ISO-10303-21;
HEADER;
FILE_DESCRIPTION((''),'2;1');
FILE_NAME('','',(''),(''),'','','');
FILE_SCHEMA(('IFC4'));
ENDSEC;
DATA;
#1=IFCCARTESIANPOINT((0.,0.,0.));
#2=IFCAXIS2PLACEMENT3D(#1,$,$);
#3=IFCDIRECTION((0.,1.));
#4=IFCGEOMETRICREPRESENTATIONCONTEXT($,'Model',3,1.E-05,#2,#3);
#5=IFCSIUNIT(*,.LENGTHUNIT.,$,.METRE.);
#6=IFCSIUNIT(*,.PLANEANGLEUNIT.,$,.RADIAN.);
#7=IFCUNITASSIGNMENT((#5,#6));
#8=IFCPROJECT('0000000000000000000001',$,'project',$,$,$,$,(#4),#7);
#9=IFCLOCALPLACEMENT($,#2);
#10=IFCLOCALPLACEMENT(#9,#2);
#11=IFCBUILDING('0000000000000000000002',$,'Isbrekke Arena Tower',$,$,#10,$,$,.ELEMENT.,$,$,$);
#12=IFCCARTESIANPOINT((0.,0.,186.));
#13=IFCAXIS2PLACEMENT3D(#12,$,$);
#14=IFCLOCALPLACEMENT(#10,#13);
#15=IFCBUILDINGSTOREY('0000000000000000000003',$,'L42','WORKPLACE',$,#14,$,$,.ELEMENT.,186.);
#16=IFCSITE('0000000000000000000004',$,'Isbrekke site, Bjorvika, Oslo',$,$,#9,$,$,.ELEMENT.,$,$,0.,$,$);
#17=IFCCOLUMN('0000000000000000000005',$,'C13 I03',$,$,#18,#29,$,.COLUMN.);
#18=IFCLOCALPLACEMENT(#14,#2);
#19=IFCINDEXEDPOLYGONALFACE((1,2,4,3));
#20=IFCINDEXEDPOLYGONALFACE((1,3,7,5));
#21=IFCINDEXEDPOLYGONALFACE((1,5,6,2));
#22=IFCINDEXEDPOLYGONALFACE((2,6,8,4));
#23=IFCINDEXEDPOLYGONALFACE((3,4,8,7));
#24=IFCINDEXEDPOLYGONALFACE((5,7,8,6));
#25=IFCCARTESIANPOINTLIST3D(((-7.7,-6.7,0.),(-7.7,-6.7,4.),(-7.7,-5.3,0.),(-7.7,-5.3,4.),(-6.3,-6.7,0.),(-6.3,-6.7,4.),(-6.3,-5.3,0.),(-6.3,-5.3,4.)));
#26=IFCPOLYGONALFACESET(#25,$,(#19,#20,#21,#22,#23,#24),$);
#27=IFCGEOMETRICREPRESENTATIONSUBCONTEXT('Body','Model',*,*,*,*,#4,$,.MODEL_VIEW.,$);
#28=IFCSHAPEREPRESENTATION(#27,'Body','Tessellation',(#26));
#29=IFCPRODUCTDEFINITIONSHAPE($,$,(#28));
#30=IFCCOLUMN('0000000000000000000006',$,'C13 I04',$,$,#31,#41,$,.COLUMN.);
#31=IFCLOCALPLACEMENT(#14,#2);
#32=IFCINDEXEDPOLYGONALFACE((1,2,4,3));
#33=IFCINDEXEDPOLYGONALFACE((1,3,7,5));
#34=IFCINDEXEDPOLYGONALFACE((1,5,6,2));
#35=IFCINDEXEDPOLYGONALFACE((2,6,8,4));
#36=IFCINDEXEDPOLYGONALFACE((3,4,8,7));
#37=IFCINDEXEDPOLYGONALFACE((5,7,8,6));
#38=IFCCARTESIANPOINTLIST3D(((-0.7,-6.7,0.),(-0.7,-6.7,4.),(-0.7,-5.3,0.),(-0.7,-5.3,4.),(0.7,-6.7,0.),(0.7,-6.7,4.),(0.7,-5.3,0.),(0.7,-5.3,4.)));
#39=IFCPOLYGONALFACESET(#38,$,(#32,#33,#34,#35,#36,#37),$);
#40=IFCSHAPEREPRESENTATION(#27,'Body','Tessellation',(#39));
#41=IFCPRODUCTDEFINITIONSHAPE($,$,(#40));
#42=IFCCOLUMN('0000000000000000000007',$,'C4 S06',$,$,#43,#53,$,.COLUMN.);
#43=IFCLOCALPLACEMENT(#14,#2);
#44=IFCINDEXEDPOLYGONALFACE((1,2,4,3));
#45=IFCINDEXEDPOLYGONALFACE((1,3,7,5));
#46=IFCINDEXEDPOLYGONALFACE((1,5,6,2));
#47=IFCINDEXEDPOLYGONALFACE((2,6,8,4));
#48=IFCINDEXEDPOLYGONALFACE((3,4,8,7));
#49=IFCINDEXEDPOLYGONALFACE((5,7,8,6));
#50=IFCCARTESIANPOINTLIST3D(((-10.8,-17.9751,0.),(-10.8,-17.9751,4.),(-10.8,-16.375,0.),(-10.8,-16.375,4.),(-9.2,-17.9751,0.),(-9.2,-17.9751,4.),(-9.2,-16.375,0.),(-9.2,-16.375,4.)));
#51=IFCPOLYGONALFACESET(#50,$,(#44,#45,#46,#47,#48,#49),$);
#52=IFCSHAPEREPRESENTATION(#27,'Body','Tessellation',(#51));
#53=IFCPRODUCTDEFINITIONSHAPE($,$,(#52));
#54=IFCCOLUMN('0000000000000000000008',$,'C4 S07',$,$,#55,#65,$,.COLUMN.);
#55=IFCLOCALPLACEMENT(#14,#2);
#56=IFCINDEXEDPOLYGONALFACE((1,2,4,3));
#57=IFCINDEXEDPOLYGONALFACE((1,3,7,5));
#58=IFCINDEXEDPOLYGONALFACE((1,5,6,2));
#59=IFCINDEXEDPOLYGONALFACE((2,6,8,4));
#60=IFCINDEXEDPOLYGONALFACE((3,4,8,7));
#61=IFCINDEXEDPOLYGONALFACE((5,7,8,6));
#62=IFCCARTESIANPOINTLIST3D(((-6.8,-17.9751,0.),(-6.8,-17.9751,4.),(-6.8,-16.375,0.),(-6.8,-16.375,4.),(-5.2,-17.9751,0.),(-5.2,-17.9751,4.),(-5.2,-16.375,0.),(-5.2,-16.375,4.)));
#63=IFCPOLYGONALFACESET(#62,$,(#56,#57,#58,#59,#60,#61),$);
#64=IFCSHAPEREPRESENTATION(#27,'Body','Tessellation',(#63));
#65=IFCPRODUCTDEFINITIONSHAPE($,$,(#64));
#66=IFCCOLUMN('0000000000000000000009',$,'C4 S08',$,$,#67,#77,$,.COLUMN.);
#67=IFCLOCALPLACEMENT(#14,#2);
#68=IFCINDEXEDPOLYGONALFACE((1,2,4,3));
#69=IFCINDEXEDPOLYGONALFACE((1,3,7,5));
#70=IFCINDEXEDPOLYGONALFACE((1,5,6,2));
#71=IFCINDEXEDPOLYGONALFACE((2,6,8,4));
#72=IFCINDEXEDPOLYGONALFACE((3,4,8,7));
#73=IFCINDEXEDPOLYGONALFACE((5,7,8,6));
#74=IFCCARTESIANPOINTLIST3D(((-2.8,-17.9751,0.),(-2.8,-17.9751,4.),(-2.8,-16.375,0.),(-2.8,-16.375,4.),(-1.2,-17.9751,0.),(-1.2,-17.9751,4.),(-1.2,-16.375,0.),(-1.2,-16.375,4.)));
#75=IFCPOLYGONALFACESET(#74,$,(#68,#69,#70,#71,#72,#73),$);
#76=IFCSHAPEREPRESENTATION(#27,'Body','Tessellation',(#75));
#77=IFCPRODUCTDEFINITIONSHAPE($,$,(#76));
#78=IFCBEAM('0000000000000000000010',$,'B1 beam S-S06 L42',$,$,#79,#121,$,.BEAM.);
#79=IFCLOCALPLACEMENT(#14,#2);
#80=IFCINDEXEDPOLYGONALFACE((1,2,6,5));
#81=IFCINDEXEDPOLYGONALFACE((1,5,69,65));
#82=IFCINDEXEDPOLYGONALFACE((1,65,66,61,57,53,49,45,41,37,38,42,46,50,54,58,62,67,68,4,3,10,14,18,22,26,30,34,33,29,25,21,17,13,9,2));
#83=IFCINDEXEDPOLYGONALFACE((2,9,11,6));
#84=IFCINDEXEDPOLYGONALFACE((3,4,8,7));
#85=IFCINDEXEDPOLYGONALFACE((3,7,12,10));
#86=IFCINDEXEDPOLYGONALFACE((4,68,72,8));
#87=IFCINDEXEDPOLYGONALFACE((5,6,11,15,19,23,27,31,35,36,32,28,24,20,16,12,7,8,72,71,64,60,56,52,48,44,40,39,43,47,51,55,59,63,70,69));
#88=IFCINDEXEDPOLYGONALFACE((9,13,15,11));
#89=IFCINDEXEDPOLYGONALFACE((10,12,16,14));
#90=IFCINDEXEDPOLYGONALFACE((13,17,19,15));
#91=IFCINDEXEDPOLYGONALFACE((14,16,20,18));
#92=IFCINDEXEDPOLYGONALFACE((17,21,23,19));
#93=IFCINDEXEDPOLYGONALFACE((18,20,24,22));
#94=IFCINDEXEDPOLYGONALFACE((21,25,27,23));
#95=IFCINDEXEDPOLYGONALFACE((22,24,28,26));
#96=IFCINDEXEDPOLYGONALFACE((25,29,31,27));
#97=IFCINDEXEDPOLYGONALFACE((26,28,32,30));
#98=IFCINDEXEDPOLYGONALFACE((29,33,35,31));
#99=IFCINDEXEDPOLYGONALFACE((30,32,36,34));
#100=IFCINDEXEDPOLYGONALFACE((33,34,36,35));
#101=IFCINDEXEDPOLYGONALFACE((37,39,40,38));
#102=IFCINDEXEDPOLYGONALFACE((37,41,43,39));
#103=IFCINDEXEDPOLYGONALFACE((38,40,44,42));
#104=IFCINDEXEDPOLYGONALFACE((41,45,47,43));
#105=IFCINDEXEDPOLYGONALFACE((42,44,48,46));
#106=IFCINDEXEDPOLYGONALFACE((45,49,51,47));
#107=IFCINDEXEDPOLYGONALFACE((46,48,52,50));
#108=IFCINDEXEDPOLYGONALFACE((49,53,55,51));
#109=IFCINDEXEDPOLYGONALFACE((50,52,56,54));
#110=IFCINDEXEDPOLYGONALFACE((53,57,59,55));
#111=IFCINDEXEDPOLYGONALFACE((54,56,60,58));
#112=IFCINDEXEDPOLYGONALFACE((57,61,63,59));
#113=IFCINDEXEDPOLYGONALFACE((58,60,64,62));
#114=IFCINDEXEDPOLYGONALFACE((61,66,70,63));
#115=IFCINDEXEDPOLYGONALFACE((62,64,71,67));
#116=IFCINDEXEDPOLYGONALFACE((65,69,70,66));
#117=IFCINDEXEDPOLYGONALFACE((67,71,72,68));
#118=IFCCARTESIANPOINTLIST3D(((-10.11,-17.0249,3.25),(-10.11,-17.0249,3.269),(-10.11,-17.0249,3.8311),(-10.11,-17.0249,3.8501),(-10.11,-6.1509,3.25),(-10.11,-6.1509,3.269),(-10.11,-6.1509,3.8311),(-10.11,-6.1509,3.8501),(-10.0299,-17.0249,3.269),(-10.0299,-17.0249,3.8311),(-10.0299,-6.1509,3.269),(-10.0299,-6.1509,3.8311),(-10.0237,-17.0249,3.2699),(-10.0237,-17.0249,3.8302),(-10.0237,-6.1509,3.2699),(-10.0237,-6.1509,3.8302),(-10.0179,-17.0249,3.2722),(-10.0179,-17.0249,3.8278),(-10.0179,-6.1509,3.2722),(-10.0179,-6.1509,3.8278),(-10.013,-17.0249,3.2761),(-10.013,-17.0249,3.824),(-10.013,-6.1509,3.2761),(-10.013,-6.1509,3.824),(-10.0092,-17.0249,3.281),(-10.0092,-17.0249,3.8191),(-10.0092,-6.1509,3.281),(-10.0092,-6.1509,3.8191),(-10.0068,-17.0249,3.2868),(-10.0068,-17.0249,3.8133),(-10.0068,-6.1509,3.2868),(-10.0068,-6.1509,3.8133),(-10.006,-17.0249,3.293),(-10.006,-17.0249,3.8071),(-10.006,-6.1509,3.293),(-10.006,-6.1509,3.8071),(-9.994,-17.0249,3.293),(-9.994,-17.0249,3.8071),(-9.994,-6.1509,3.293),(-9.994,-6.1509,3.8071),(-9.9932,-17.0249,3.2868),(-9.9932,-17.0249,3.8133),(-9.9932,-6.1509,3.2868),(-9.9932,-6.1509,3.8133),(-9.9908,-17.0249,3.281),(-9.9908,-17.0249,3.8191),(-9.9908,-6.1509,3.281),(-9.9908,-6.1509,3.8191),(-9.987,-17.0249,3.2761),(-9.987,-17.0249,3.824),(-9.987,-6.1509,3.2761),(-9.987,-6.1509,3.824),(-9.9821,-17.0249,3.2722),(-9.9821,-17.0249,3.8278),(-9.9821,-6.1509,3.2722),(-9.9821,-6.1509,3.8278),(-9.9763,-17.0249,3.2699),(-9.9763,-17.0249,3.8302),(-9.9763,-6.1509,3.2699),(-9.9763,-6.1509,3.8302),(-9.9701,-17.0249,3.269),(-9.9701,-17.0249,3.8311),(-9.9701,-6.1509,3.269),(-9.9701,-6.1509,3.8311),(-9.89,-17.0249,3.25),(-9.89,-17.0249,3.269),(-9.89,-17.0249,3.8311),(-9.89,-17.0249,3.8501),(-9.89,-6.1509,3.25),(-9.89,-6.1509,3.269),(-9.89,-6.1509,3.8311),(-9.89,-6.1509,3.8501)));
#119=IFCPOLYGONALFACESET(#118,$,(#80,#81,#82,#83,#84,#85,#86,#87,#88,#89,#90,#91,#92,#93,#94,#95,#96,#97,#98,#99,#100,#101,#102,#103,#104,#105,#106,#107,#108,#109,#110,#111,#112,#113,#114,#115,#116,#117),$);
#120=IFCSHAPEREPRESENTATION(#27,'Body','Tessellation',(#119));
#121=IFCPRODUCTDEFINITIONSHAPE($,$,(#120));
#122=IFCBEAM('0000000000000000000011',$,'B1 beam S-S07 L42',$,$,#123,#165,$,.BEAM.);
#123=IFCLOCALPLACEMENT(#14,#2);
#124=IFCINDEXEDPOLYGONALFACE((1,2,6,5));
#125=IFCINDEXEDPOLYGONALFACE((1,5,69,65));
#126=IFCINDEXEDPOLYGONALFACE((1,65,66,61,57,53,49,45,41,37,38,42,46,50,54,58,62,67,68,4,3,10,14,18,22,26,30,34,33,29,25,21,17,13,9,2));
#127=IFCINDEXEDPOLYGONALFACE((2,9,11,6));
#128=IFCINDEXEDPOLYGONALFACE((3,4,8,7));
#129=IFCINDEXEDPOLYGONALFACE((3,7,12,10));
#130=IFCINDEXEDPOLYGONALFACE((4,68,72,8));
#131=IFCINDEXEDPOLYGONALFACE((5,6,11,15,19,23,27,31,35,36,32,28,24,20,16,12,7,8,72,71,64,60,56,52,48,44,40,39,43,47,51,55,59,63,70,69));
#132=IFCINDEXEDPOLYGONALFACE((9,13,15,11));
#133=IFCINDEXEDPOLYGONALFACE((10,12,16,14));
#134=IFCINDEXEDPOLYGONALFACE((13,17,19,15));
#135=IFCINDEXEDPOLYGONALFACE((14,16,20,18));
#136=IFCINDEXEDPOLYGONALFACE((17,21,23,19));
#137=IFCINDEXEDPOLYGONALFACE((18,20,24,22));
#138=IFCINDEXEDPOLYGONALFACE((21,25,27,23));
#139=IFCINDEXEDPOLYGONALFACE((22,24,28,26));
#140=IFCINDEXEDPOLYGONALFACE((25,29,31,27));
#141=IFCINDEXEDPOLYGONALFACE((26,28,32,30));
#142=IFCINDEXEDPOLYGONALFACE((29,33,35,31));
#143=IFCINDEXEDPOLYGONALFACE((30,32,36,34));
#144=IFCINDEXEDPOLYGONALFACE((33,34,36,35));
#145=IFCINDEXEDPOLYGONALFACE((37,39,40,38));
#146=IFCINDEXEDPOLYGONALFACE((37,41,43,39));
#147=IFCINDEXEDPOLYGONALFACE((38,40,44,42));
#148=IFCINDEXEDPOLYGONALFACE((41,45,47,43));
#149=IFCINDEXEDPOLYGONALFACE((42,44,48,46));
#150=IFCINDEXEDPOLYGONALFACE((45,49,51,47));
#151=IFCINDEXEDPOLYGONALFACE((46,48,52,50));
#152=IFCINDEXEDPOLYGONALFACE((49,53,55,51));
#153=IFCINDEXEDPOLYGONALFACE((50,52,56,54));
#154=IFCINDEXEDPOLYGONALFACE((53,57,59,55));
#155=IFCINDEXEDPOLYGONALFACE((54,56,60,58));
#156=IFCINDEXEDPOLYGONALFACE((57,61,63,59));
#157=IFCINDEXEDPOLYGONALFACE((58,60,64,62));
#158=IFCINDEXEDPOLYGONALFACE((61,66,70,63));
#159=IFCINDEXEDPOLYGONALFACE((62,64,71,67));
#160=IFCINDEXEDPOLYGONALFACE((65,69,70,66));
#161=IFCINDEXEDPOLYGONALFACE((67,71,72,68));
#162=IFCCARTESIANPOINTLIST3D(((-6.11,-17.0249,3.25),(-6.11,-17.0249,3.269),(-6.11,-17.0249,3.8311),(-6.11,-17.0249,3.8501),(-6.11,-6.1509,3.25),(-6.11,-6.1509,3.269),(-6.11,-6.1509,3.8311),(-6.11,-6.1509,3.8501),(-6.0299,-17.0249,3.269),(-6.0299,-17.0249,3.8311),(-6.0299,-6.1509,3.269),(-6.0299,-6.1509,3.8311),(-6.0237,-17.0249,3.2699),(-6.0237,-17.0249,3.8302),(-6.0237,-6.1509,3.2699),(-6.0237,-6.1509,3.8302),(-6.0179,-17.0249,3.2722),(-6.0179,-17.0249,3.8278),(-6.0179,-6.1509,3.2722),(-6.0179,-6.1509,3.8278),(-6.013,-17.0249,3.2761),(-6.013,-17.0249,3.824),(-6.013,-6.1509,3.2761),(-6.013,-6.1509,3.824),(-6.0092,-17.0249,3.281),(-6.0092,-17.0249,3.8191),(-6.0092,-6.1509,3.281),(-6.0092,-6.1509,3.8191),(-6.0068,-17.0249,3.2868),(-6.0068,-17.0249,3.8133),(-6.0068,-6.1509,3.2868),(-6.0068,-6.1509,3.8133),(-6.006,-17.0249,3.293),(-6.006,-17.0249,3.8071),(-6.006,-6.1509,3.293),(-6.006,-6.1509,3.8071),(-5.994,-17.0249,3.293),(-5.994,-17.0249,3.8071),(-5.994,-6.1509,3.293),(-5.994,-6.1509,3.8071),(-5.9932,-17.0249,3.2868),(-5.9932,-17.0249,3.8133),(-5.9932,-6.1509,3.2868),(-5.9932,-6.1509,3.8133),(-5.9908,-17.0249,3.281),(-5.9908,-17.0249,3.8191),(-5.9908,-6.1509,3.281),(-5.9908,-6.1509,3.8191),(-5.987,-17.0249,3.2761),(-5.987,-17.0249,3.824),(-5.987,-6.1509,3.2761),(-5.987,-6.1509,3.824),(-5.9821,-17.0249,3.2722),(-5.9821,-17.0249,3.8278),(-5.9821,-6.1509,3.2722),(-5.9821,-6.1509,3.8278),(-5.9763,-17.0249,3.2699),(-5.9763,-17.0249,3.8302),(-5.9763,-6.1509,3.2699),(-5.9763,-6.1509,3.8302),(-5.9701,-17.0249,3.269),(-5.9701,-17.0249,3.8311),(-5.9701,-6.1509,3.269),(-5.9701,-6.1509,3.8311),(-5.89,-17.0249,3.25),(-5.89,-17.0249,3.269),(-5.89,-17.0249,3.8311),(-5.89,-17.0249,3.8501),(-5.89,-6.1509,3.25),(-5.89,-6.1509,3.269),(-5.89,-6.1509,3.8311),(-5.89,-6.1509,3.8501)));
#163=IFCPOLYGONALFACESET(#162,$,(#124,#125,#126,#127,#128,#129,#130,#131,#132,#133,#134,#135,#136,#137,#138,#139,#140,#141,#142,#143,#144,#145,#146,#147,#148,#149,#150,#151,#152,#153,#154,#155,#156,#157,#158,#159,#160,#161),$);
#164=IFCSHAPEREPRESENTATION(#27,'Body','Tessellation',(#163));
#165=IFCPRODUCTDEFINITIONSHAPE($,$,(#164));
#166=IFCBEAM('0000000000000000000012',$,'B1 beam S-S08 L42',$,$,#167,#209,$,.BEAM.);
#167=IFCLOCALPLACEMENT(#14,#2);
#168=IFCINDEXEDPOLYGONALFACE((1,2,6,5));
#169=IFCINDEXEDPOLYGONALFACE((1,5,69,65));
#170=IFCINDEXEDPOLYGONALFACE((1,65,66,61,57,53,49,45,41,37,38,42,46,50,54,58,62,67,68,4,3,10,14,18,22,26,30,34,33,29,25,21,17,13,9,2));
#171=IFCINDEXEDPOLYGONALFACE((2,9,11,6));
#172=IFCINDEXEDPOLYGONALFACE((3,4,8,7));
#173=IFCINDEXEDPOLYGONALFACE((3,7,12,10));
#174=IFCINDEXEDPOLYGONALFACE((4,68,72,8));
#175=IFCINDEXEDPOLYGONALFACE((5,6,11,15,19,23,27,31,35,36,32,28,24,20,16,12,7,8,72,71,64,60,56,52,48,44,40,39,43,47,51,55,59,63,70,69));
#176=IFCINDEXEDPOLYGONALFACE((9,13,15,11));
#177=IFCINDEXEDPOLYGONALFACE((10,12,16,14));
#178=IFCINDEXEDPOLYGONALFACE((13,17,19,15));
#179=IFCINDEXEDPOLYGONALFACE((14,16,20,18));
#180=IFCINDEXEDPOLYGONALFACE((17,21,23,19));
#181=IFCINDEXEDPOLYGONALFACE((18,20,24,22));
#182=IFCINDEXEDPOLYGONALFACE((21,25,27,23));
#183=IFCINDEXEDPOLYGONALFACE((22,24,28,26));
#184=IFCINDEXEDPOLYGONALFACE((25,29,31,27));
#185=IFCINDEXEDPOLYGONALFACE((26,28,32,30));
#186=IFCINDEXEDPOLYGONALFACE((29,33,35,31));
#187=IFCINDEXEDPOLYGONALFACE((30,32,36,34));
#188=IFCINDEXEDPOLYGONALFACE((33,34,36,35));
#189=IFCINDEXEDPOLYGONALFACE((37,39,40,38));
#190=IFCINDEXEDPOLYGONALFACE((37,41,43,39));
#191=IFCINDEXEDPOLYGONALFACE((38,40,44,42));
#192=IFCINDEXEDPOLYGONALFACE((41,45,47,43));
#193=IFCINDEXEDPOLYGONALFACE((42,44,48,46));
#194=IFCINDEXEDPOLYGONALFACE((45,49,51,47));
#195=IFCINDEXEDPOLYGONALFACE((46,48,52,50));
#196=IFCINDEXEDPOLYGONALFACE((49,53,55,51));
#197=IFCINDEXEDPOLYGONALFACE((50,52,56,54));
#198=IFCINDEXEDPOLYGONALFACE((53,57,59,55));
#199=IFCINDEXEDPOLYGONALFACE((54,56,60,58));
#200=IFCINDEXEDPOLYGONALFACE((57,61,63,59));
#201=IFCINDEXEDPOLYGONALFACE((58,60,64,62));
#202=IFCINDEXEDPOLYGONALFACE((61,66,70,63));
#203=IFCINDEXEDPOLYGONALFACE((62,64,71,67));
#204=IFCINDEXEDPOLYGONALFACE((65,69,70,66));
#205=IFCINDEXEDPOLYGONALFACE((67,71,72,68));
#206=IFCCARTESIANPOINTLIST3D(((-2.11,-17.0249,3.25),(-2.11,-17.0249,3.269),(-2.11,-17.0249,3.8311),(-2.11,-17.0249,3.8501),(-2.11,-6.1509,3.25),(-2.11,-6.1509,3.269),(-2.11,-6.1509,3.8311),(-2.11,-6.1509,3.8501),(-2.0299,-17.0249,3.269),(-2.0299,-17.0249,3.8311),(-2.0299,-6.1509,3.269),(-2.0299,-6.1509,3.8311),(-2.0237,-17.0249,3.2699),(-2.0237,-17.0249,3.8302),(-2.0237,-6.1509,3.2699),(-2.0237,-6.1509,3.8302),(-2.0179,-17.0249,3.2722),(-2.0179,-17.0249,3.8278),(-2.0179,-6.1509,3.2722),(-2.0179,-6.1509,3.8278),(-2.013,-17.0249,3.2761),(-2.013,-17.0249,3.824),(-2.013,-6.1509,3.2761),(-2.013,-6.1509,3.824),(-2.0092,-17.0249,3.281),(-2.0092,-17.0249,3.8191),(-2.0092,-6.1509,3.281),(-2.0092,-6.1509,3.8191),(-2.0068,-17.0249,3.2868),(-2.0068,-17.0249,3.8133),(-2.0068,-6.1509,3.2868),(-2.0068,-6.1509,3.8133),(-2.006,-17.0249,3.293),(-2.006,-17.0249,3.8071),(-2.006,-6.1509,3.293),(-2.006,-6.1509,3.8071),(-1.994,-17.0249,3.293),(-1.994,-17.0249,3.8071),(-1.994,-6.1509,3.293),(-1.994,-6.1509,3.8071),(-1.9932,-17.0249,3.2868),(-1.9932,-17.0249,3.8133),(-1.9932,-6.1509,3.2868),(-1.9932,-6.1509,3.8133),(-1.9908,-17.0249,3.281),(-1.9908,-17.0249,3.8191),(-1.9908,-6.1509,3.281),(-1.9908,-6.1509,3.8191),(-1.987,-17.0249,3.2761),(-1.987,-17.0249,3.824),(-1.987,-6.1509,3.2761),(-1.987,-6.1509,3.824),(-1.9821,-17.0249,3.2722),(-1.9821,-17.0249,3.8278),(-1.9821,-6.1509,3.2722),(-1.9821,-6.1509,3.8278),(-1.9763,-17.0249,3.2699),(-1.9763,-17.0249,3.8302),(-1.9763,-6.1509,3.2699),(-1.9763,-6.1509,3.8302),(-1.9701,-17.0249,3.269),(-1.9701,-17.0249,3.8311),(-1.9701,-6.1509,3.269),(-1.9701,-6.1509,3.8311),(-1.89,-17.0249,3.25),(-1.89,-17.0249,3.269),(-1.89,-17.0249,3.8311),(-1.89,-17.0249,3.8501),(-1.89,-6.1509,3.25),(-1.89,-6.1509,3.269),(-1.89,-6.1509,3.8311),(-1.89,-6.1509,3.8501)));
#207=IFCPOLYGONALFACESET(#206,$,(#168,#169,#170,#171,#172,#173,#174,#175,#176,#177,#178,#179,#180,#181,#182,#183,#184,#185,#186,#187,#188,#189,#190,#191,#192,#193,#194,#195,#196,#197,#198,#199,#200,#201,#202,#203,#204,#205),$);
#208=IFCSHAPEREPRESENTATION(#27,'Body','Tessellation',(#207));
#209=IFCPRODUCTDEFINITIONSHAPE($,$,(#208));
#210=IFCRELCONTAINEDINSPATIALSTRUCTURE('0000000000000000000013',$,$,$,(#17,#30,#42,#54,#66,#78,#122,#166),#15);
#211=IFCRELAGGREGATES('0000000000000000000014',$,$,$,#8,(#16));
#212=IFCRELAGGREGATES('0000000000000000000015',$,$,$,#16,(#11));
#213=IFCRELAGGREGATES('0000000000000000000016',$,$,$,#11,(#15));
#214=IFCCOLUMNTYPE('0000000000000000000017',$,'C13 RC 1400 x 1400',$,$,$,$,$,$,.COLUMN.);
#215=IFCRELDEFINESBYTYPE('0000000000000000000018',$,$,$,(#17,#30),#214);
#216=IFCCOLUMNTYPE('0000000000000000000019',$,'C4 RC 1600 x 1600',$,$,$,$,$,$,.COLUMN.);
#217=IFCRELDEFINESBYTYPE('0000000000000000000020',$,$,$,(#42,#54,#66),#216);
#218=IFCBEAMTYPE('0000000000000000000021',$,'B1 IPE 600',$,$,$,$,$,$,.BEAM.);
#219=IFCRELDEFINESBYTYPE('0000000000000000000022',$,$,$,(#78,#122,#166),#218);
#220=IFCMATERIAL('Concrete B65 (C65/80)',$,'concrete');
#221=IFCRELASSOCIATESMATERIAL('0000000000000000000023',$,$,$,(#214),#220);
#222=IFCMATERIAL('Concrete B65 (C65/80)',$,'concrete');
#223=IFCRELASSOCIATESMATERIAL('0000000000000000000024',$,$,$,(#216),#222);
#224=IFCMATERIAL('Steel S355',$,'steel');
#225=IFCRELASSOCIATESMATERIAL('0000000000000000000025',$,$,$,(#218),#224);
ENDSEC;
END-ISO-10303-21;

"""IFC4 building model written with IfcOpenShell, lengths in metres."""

from ifc_helpers import new_model, si_unit, direction, frame, origin, origin_2d, place, context, subcontext, project, spatial, rectangle, i_section, extrude, material, material_profile, profile_set, type_object, element, save


model = new_model("IFC4")

# Units and contexts
model_context = context("Model", 3, precision=1e-05, world=origin(), true_north=direction((0.0, 1.0)))
body_context = subcontext(model_context, "Body", "Model", "MODEL_VIEW")
ifc_project = project(units=[si_unit("LENGTHUNIT", "METRE"), si_unit("PLANEANGLEUNIT", "RADIAN")], contexts=[model_context])

# Site, building, storey
site_placement = place(None, origin())
site = spatial("IfcSite", under=ifc_project, at=site_placement, Name="Isbrekke site, Bjorvika, Oslo", CompositionType="ELEMENT", RefElevation=0.0)
building_placement = place(site_placement, origin())
building = spatial("IfcBuilding", under=site, at=building_placement, Name="Isbrekke Arena Tower", CompositionType="ELEMENT")
storey_placement = place(building_placement, frame((0.0, 0.0, 186.0)))
storey = spatial("IfcBuildingStorey", under=building, at=storey_placement, Name="L42", Description="WORKPLACE", CompositionType="ELEMENT", Elevation=186.0)

# Columns
ifc_material_1 = material(Name="Concrete B65 (C65/80)", Category="concrete")
ifc_material_profile_1 = material_profile(ifc_material_1, rectangle(XDim=1.3999, YDim=1.3999, at=origin_2d()), Name="RC 1400x1400")
ifc_profile_set_1 = profile_set([ifc_material_profile_1], Name="Concrete B65 (C65/80)")
column_type_1 = type_object("IfcColumnType", Name="C13 RC 1400 x 1400", PredefinedType="COLUMN", material=ifc_profile_set_1)
for number, where, z_axis, x_axis, name in (
    (1, (-7.0, -6.0, 0.0), (0.0, 0.0, 1.0), (1.0, 0.0, 0.0), "C13 I03"),
    (2, (0.0, -6.0, 0.0), (0.0, 0.0, 1.0), (1.0, 0.0, 0.0), "C13 I04"),
):
    element("IfcColumn", number, at=place(storey_placement, frame(where, z_axis=z_axis, x_axis=x_axis)), inside=storey, type_object=column_type_1, Name=name, PredefinedType="COLUMN", context=body_context, shape_type="SweptSolid", body=[
        extrude(rectangle(XDim=1.3999, YDim=1.3999, at=origin_2d()), origin(), (0.0, 0.0, 1.0), 4.0),
    ])
ifc_material_2 = material(Name="Concrete B65 (C65/80)", Category="concrete")
ifc_material_profile_2 = material_profile(ifc_material_2, rectangle(XDim=1.6001, YDim=1.6001, at=origin_2d()), Name="RC 1600x1600")
ifc_profile_set_2 = profile_set([ifc_material_profile_2], Name="Concrete B65 (C65/80)")
column_type_2 = type_object("IfcColumnType", Name="C4 RC 1600 x 1600", PredefinedType="COLUMN", material=ifc_profile_set_2)
for number, where, z_axis, x_axis, name in (
    (3, (-10.0, -17.175, 0.0), (0.0, 0.0, 1.0), (1.0, 0.0, 0.0), "C4 S06"),
    (4, (-6.0, -17.175, 0.0), (0.0, 0.0, 1.0), (1.0, 0.0, 0.0), "C4 S07"),
    (5, (-2.0, -17.175, 0.0), (0.0, 0.0, 1.0), (1.0, 0.0, 0.0), "C4 S08"),
):
    element("IfcColumn", number, at=place(storey_placement, frame(where, z_axis=z_axis, x_axis=x_axis)), inside=storey, type_object=column_type_2, Name=name, PredefinedType="COLUMN", context=body_context, shape_type="SweptSolid", body=[
        extrude(rectangle(XDim=1.6001, YDim=1.6001, at=origin_2d()), origin(), (0.0, 0.0, 1.0), 4.0),
    ])

# Beams
ifc_material_3 = material(Name="Steel S355", Category="steel")
ifc_material_profile_3 = material_profile(ifc_material_3, i_section(OverallWidth=0.22, OverallDepth=0.6001, WebThickness=0.012, FlangeThickness=0.019, FilletRadius=0.0239, at=origin_2d()), Name="IPE 600")
ifc_profile_set_3 = profile_set([ifc_material_profile_3], Name="Steel S355")
beam_type_1 = type_object("IfcBeamType", Name="B1 IPE 600", PredefinedType="BEAM", material=ifc_profile_set_3)
for number, where, z_axis, x_axis, name in (
    (6, (-10.0, -17.0249, 3.55), (0.0, 1.0, 0.0), (-1.0, 0.0, 0.0), "B1 beam S-S06 L42"),
    (7, (-6.0, -17.0249, 3.55), (0.0, 1.0, 0.0), (-1.0, 0.0, 0.0), "B1 beam S-S07 L42"),
    (8, (-2.0, -17.0249, 3.55), (0.0, 1.0, 0.0), (-1.0, 0.0, 0.0), "B1 beam S-S08 L42"),
):
    element("IfcBeam", number, at=place(storey_placement, frame(where, z_axis=z_axis, x_axis=x_axis)), inside=storey, type_object=beam_type_1, Name=name, PredefinedType="BEAM", context=body_context, shape_type="SweptSolid", body=[
        extrude(i_section(OverallWidth=0.22, OverallDepth=0.6001, WebThickness=0.012, FlangeThickness=0.019, FilletRadius=0.0239, at=origin_2d()), origin(), (0.0, 0.0, 1.0), 10.874),
    ])

save(model, "model.ifc")
